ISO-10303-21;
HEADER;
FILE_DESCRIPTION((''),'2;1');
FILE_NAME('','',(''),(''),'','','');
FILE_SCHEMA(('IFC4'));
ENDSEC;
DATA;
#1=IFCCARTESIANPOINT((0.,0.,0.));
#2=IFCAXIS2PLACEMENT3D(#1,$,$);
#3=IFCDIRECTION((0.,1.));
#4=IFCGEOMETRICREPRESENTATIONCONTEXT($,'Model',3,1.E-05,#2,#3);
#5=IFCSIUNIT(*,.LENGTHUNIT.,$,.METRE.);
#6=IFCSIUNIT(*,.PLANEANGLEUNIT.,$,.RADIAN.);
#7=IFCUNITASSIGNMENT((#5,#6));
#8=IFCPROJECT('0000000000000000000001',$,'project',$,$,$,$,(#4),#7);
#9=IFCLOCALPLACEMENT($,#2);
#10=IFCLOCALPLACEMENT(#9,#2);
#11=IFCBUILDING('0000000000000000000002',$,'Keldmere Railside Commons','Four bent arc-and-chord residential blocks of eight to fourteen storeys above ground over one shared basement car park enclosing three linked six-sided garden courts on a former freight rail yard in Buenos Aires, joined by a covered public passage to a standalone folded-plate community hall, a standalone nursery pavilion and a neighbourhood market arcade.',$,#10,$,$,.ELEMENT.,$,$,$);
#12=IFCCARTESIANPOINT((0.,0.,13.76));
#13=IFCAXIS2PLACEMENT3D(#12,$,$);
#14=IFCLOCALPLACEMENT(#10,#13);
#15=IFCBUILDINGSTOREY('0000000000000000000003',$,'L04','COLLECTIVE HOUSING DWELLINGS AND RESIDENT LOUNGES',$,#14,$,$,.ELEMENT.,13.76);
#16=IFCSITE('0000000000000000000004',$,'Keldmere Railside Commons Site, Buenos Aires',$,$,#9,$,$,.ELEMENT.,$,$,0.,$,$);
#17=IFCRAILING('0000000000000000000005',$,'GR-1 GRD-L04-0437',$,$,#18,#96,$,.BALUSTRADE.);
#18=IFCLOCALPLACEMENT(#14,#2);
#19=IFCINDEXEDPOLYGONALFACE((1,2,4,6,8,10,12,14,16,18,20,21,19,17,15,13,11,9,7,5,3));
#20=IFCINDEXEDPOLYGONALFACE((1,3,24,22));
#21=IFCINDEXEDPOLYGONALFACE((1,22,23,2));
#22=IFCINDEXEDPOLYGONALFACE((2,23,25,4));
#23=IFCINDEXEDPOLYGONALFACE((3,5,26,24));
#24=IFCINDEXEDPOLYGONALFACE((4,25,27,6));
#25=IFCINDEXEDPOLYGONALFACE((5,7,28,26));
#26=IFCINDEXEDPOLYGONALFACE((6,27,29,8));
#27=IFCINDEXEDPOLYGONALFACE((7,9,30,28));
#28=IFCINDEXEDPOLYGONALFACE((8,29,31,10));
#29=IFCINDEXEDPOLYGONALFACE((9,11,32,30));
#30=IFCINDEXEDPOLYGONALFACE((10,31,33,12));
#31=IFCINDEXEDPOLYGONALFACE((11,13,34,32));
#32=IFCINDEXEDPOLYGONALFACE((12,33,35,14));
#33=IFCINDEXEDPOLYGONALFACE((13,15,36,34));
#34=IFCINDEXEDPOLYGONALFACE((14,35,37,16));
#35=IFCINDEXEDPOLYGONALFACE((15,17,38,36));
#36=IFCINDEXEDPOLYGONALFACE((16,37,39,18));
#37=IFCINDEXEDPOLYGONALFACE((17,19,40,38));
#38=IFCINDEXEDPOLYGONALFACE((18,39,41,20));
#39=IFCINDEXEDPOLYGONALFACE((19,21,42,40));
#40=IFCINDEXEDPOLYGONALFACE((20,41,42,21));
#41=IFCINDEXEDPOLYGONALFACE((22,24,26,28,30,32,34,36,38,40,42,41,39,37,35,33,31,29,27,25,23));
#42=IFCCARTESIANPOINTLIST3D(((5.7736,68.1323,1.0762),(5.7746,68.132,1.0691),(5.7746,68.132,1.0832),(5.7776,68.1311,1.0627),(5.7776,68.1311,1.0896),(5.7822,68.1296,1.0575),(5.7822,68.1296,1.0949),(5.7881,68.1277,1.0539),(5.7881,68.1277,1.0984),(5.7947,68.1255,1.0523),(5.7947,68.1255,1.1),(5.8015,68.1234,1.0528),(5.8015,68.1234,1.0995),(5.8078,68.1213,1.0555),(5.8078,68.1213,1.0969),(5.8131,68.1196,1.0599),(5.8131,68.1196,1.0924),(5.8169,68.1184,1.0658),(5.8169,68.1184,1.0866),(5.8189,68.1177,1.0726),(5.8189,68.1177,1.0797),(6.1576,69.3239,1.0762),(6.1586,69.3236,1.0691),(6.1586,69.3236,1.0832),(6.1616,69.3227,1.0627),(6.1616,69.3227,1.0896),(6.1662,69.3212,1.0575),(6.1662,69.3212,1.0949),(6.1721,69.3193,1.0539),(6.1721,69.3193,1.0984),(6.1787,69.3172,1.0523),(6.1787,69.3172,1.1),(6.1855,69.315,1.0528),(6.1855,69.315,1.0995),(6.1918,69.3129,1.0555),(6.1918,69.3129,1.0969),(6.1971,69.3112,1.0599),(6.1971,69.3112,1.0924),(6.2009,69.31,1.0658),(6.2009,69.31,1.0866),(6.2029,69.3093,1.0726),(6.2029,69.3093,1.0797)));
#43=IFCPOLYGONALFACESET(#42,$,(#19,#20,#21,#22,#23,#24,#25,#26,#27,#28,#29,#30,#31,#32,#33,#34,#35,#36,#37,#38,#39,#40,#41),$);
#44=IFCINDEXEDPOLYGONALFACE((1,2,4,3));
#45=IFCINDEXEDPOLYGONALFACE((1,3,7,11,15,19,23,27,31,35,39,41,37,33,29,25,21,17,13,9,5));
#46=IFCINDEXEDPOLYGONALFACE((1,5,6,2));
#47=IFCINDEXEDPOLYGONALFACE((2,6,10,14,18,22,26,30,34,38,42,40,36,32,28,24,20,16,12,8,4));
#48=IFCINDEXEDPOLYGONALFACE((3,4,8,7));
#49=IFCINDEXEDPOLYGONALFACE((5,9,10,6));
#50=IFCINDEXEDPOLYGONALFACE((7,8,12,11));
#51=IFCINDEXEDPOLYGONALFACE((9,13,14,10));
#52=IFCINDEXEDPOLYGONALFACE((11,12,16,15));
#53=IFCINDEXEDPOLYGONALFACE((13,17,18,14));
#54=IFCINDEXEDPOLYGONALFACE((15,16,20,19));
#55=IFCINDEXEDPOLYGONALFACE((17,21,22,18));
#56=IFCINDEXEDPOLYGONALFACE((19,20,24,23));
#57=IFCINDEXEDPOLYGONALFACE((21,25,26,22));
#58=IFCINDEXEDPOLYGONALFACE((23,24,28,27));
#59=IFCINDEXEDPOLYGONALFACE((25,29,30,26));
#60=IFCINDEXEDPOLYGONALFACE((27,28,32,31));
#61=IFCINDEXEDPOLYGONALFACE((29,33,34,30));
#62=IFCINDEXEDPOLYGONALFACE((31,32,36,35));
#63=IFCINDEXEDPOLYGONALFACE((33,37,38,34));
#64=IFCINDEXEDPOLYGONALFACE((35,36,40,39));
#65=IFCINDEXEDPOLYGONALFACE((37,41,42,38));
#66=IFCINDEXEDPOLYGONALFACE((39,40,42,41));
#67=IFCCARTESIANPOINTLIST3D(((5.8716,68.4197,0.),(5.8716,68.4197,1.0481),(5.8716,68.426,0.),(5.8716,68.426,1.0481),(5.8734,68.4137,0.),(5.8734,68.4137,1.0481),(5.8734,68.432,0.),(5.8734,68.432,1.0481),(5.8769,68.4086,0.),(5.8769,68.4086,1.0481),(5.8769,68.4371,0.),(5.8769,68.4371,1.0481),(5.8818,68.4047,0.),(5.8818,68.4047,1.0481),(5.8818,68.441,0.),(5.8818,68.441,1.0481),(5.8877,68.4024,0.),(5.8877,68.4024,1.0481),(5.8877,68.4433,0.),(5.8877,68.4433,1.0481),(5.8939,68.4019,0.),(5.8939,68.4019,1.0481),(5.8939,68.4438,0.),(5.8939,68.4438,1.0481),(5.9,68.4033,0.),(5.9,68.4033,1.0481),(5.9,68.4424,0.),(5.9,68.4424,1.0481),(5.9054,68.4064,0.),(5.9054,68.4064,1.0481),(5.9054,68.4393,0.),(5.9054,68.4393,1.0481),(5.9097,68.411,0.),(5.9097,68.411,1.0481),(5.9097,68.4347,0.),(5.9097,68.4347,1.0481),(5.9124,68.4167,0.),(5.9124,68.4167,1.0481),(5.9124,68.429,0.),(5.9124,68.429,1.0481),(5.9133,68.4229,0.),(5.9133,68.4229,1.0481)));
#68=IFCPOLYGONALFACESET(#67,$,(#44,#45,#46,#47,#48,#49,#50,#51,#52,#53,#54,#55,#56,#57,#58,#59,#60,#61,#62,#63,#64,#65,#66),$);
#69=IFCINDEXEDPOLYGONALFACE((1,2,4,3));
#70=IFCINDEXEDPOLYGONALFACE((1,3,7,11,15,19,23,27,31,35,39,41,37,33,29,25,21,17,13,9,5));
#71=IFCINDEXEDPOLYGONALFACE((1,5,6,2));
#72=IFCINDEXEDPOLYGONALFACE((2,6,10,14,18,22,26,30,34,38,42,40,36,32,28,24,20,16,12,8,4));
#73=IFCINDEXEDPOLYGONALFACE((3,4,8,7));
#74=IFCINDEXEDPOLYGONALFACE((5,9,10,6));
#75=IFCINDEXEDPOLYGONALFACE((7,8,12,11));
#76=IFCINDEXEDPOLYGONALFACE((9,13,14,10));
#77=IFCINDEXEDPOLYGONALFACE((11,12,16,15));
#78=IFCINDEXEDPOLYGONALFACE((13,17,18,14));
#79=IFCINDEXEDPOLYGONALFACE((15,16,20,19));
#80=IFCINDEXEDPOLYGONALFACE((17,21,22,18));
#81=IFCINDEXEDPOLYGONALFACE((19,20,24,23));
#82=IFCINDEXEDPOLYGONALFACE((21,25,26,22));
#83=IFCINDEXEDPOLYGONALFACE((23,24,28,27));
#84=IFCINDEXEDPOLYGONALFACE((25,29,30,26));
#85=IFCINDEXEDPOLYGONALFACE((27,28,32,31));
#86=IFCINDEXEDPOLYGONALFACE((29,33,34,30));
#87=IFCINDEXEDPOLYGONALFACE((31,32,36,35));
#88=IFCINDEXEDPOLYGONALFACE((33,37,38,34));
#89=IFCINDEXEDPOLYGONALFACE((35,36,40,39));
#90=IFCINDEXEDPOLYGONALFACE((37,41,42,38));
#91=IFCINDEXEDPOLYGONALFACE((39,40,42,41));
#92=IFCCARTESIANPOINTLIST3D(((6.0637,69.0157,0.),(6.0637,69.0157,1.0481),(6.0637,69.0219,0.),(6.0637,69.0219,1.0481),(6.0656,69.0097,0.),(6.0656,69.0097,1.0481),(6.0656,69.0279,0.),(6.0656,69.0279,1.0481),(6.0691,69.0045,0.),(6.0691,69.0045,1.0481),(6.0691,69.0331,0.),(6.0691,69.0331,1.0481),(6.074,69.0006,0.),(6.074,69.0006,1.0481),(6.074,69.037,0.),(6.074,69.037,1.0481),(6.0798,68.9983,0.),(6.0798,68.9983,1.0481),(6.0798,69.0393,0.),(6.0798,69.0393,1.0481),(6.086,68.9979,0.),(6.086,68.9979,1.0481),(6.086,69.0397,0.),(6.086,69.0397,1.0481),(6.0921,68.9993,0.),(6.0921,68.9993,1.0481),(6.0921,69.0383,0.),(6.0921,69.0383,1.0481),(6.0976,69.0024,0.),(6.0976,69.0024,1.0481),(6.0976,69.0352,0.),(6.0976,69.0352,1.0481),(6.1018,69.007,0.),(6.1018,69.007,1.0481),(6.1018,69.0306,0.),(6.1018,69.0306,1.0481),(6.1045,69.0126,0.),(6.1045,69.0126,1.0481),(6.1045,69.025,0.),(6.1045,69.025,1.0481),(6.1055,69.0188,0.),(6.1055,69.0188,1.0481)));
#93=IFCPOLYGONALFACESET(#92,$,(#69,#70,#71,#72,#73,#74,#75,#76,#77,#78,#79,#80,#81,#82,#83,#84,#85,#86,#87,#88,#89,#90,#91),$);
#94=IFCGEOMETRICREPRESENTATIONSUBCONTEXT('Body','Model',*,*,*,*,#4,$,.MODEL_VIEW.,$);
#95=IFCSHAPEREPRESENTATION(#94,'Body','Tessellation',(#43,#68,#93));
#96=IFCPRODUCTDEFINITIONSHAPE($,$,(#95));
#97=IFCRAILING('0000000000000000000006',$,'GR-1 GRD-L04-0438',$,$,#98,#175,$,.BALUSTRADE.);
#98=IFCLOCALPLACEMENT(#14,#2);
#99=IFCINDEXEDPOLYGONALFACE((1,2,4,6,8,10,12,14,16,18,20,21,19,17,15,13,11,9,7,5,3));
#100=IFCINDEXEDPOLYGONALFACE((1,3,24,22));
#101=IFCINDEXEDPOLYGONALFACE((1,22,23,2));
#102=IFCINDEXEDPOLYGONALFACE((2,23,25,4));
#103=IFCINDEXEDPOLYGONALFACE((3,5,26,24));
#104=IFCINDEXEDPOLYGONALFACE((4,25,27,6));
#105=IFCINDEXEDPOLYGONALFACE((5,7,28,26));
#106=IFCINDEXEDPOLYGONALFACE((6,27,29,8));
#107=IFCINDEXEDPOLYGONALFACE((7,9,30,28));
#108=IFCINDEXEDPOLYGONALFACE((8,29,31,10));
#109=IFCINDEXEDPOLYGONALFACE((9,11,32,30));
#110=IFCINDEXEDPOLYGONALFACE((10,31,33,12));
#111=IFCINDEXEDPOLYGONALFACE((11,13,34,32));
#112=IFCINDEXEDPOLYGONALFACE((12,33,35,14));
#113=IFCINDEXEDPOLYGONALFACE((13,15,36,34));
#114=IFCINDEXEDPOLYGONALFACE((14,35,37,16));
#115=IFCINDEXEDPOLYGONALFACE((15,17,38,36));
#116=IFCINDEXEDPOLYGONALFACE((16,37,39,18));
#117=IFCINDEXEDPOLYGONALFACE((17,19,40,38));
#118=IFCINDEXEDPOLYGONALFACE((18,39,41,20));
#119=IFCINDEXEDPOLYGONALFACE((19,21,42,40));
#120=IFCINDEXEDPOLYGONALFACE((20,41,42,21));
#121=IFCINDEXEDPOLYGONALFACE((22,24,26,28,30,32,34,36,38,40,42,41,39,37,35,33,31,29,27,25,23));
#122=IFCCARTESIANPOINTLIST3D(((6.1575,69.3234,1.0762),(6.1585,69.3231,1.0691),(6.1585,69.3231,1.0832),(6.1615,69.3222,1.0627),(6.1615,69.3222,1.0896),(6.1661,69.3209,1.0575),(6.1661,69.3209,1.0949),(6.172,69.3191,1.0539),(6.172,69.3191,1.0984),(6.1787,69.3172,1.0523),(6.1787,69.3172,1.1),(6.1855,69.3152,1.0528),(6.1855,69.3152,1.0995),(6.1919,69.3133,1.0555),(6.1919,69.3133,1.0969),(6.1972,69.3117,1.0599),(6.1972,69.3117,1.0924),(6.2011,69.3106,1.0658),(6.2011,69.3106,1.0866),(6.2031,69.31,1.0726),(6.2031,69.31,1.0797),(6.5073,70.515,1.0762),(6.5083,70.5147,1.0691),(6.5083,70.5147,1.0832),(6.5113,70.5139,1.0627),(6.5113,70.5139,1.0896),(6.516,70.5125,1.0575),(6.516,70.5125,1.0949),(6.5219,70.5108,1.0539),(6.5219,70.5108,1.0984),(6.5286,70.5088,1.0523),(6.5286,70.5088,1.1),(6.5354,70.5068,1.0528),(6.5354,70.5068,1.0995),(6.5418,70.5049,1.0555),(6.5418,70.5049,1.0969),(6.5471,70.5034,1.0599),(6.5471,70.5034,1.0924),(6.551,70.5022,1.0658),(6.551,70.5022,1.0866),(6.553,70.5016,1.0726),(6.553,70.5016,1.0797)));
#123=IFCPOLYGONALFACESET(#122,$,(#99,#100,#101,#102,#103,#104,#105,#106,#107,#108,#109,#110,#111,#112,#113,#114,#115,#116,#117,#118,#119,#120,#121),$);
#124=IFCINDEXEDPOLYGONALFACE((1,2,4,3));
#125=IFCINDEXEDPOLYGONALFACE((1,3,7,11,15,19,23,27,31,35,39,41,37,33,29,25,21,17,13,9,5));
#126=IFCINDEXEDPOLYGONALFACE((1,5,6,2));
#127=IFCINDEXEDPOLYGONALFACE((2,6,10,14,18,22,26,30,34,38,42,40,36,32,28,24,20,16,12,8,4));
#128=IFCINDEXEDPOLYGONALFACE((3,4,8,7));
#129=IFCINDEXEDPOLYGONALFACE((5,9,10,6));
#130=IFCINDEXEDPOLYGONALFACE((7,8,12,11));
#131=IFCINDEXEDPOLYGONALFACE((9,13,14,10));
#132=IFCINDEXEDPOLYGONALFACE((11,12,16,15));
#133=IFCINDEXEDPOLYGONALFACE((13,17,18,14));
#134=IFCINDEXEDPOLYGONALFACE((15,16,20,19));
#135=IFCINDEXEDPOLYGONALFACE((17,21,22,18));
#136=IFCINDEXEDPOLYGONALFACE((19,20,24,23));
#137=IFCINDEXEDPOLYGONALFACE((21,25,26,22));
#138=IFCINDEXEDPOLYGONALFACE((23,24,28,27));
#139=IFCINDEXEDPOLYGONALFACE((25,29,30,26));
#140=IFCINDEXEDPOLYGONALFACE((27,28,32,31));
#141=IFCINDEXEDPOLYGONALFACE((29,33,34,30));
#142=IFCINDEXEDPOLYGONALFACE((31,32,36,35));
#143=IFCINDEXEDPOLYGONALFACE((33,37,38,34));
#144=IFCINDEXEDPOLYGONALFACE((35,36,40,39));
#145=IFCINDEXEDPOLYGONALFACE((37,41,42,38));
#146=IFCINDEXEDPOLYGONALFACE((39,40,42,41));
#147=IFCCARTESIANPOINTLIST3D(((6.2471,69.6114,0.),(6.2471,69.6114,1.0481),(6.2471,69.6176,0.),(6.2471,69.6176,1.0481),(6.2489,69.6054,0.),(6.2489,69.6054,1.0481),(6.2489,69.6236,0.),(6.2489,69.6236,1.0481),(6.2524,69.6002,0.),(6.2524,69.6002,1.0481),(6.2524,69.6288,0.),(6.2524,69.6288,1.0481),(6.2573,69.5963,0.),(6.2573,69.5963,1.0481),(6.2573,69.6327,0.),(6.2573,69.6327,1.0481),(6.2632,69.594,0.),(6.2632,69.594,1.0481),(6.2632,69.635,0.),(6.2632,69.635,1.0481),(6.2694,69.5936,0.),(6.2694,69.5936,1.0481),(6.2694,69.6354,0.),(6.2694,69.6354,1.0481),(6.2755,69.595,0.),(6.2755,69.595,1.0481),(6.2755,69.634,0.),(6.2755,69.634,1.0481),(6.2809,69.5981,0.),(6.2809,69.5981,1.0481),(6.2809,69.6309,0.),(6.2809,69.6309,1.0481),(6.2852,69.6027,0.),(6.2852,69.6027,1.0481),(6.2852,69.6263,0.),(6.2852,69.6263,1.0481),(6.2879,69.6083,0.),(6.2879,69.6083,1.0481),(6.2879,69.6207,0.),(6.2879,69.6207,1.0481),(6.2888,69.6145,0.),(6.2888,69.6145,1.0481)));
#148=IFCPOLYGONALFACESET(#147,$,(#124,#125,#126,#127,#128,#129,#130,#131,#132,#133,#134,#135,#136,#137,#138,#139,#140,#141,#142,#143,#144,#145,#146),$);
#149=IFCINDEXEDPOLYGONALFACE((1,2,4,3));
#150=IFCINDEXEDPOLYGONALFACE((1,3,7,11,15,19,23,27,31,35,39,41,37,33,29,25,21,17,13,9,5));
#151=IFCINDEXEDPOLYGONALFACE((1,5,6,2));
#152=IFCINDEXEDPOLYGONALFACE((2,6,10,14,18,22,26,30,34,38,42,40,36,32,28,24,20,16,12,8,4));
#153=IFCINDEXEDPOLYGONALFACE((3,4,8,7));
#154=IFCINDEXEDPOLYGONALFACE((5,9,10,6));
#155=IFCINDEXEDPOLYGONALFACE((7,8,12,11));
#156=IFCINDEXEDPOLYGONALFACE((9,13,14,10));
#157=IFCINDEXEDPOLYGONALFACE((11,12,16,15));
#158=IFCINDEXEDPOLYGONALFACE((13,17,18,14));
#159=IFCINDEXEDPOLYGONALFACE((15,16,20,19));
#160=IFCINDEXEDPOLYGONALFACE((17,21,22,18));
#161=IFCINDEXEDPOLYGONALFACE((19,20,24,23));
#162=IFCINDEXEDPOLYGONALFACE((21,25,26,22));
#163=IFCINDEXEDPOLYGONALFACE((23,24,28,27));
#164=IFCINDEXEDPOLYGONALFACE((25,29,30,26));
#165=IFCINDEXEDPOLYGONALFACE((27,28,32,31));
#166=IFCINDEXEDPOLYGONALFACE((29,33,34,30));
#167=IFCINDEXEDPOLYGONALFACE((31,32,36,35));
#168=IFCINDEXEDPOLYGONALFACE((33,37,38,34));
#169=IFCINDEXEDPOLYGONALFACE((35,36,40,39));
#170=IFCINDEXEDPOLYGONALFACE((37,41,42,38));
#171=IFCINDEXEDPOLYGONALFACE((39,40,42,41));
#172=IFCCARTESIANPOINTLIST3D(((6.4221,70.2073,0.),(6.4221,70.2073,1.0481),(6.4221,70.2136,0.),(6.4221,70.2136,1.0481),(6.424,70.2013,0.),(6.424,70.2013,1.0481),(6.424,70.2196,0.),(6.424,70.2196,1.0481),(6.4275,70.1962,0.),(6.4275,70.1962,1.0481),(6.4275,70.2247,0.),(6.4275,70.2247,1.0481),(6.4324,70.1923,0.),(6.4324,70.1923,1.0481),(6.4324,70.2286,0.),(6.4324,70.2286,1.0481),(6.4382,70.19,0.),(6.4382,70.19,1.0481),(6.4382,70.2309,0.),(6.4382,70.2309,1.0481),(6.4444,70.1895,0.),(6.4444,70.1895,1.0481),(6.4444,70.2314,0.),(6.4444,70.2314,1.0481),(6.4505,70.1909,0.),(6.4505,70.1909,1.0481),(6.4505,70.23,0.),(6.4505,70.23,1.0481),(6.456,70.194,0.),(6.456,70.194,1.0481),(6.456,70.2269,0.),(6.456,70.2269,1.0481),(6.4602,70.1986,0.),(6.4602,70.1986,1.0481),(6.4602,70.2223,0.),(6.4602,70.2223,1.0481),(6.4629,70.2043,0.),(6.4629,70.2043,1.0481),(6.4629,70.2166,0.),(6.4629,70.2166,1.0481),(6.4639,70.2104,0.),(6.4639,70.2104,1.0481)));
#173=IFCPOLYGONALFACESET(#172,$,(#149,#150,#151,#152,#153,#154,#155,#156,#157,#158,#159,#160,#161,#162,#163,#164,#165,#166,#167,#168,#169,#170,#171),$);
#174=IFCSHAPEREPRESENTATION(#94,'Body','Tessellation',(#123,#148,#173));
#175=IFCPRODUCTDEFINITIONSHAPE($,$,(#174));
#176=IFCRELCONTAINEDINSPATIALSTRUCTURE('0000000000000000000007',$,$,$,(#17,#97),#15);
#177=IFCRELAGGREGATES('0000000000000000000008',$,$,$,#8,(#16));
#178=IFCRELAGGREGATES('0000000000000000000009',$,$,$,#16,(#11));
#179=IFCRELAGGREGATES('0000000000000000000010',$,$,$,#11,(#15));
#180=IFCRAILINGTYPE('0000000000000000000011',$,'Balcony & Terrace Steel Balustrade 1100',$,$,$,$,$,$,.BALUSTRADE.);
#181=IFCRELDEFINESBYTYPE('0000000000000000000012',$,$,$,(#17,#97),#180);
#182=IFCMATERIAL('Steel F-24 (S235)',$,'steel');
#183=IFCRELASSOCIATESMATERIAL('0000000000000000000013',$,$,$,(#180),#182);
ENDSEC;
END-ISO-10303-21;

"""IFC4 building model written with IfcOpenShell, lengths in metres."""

from ifc_helpers import new_model, si_unit, direction, frame, origin, origin_2d, place, context, subcontext, project, spatial, circle, extrude, material, type_object, element, save


model = new_model("IFC4")

# Units and contexts
model_context = context("Model", 3, precision=1e-05, world=origin(), true_north=direction((0.0, 1.0)))
body_context = subcontext(model_context, "Body", "Model", "MODEL_VIEW")
ifc_project = project(units=[si_unit("LENGTHUNIT", "METRE"), si_unit("PLANEANGLEUNIT", "RADIAN")], contexts=[model_context])

# Site, building, storey
site_placement = place(None, origin())
site = spatial("IfcSite", under=ifc_project, at=site_placement, Name="Keldmere Railside Commons Site, Buenos Aires", CompositionType="ELEMENT", RefElevation=0.0)
building_placement = place(site_placement, origin())
building = spatial("IfcBuilding", under=site, at=building_placement, Name="Keldmere Railside Commons", Description="Four bent arc-and-chord residential blocks of eight to fourteen storeys above ground over one shared basement car park enclosing three linked six-sided garden courts on a former freight rail yard in Buenos Aires, joined by a covered public passage to a standalone folded-plate community hall, a standalone nursery pavilion and a neighbourhood market arcade.", CompositionType="ELEMENT")
storey_placement = place(building_placement, frame((0.0, 0.0, 13.76)))
storey = spatial("IfcBuildingStorey", under=building, at=storey_placement, Name="L04", Description="COLLECTIVE HOUSING DWELLINGS AND RESIDENT LOUNGES", CompositionType="ELEMENT", Elevation=13.76)

# Railings
ifc_material_1 = material(Name="Steel F-24 (S235)", Category="steel")
railing_type_1 = type_object("IfcRailingType", Name="Balcony & Terrace Steel Balustrade 1100", PredefinedType="BALUSTRADE", material=ifc_material_1)
railing_1_placement = place(storey_placement, frame((5.7964, 68.125, 0.0)))
element("IfcRailing", 1, at=railing_1_placement, inside=storey, type_object=railing_type_1, Name="GR-1 GRD-L04-0437", PredefinedType="BALUSTRADE", context=body_context, shape_type="SweptSolid", body=[
    extrude(circle(Radius=0.0239, at=origin_2d()), frame((0.0, 0.0, 1.0762), z_axis=(0.306735, 0.951795, 0.0), x_axis=(-0.951795, 0.306735, 0.0)), (0.0, 0.0, 1.0), 1.252),
    extrude(circle(Radius=0.021, at=origin_2d()), frame((0.0959, 0.2979, 0.0)), (0.0, 0.0, 1.0), 1.0481),
    extrude(circle(Radius=0.021, at=origin_2d()), frame((0.2881, 0.8938, 0.0)), (0.0, 0.0, 1.0), 1.0481),
])
railing_2_placement = place(storey_placement, frame((6.1804, 69.3167, 0.0)))
element("IfcRailing", 2, at=railing_2_placement, inside=storey, type_object=railing_type_1, Name="GR-1 GRD-L04-0438", PredefinedType="BALUSTRADE", context=body_context, shape_type="SweptSolid", body=[
    extrude(circle(Radius=0.0239, at=origin_2d()), frame((0.0, 0.0, 1.0762), z_axis=(0.281698, 0.959503, 0.0), x_axis=(-0.959503, 0.281698, 0.0)), (0.0, 0.0, 1.0), 1.2419),
    extrude(circle(Radius=0.021, at=origin_2d()), frame((0.0874, 0.2979, 0.0)), (0.0, 0.0, 1.0), 1.0481),
    extrude(circle(Radius=0.021, at=origin_2d()), frame((0.2625, 0.8938, 0.0)), (0.0, 0.0, 1.0), 1.0481),
])

save(model, "model.ifc")
